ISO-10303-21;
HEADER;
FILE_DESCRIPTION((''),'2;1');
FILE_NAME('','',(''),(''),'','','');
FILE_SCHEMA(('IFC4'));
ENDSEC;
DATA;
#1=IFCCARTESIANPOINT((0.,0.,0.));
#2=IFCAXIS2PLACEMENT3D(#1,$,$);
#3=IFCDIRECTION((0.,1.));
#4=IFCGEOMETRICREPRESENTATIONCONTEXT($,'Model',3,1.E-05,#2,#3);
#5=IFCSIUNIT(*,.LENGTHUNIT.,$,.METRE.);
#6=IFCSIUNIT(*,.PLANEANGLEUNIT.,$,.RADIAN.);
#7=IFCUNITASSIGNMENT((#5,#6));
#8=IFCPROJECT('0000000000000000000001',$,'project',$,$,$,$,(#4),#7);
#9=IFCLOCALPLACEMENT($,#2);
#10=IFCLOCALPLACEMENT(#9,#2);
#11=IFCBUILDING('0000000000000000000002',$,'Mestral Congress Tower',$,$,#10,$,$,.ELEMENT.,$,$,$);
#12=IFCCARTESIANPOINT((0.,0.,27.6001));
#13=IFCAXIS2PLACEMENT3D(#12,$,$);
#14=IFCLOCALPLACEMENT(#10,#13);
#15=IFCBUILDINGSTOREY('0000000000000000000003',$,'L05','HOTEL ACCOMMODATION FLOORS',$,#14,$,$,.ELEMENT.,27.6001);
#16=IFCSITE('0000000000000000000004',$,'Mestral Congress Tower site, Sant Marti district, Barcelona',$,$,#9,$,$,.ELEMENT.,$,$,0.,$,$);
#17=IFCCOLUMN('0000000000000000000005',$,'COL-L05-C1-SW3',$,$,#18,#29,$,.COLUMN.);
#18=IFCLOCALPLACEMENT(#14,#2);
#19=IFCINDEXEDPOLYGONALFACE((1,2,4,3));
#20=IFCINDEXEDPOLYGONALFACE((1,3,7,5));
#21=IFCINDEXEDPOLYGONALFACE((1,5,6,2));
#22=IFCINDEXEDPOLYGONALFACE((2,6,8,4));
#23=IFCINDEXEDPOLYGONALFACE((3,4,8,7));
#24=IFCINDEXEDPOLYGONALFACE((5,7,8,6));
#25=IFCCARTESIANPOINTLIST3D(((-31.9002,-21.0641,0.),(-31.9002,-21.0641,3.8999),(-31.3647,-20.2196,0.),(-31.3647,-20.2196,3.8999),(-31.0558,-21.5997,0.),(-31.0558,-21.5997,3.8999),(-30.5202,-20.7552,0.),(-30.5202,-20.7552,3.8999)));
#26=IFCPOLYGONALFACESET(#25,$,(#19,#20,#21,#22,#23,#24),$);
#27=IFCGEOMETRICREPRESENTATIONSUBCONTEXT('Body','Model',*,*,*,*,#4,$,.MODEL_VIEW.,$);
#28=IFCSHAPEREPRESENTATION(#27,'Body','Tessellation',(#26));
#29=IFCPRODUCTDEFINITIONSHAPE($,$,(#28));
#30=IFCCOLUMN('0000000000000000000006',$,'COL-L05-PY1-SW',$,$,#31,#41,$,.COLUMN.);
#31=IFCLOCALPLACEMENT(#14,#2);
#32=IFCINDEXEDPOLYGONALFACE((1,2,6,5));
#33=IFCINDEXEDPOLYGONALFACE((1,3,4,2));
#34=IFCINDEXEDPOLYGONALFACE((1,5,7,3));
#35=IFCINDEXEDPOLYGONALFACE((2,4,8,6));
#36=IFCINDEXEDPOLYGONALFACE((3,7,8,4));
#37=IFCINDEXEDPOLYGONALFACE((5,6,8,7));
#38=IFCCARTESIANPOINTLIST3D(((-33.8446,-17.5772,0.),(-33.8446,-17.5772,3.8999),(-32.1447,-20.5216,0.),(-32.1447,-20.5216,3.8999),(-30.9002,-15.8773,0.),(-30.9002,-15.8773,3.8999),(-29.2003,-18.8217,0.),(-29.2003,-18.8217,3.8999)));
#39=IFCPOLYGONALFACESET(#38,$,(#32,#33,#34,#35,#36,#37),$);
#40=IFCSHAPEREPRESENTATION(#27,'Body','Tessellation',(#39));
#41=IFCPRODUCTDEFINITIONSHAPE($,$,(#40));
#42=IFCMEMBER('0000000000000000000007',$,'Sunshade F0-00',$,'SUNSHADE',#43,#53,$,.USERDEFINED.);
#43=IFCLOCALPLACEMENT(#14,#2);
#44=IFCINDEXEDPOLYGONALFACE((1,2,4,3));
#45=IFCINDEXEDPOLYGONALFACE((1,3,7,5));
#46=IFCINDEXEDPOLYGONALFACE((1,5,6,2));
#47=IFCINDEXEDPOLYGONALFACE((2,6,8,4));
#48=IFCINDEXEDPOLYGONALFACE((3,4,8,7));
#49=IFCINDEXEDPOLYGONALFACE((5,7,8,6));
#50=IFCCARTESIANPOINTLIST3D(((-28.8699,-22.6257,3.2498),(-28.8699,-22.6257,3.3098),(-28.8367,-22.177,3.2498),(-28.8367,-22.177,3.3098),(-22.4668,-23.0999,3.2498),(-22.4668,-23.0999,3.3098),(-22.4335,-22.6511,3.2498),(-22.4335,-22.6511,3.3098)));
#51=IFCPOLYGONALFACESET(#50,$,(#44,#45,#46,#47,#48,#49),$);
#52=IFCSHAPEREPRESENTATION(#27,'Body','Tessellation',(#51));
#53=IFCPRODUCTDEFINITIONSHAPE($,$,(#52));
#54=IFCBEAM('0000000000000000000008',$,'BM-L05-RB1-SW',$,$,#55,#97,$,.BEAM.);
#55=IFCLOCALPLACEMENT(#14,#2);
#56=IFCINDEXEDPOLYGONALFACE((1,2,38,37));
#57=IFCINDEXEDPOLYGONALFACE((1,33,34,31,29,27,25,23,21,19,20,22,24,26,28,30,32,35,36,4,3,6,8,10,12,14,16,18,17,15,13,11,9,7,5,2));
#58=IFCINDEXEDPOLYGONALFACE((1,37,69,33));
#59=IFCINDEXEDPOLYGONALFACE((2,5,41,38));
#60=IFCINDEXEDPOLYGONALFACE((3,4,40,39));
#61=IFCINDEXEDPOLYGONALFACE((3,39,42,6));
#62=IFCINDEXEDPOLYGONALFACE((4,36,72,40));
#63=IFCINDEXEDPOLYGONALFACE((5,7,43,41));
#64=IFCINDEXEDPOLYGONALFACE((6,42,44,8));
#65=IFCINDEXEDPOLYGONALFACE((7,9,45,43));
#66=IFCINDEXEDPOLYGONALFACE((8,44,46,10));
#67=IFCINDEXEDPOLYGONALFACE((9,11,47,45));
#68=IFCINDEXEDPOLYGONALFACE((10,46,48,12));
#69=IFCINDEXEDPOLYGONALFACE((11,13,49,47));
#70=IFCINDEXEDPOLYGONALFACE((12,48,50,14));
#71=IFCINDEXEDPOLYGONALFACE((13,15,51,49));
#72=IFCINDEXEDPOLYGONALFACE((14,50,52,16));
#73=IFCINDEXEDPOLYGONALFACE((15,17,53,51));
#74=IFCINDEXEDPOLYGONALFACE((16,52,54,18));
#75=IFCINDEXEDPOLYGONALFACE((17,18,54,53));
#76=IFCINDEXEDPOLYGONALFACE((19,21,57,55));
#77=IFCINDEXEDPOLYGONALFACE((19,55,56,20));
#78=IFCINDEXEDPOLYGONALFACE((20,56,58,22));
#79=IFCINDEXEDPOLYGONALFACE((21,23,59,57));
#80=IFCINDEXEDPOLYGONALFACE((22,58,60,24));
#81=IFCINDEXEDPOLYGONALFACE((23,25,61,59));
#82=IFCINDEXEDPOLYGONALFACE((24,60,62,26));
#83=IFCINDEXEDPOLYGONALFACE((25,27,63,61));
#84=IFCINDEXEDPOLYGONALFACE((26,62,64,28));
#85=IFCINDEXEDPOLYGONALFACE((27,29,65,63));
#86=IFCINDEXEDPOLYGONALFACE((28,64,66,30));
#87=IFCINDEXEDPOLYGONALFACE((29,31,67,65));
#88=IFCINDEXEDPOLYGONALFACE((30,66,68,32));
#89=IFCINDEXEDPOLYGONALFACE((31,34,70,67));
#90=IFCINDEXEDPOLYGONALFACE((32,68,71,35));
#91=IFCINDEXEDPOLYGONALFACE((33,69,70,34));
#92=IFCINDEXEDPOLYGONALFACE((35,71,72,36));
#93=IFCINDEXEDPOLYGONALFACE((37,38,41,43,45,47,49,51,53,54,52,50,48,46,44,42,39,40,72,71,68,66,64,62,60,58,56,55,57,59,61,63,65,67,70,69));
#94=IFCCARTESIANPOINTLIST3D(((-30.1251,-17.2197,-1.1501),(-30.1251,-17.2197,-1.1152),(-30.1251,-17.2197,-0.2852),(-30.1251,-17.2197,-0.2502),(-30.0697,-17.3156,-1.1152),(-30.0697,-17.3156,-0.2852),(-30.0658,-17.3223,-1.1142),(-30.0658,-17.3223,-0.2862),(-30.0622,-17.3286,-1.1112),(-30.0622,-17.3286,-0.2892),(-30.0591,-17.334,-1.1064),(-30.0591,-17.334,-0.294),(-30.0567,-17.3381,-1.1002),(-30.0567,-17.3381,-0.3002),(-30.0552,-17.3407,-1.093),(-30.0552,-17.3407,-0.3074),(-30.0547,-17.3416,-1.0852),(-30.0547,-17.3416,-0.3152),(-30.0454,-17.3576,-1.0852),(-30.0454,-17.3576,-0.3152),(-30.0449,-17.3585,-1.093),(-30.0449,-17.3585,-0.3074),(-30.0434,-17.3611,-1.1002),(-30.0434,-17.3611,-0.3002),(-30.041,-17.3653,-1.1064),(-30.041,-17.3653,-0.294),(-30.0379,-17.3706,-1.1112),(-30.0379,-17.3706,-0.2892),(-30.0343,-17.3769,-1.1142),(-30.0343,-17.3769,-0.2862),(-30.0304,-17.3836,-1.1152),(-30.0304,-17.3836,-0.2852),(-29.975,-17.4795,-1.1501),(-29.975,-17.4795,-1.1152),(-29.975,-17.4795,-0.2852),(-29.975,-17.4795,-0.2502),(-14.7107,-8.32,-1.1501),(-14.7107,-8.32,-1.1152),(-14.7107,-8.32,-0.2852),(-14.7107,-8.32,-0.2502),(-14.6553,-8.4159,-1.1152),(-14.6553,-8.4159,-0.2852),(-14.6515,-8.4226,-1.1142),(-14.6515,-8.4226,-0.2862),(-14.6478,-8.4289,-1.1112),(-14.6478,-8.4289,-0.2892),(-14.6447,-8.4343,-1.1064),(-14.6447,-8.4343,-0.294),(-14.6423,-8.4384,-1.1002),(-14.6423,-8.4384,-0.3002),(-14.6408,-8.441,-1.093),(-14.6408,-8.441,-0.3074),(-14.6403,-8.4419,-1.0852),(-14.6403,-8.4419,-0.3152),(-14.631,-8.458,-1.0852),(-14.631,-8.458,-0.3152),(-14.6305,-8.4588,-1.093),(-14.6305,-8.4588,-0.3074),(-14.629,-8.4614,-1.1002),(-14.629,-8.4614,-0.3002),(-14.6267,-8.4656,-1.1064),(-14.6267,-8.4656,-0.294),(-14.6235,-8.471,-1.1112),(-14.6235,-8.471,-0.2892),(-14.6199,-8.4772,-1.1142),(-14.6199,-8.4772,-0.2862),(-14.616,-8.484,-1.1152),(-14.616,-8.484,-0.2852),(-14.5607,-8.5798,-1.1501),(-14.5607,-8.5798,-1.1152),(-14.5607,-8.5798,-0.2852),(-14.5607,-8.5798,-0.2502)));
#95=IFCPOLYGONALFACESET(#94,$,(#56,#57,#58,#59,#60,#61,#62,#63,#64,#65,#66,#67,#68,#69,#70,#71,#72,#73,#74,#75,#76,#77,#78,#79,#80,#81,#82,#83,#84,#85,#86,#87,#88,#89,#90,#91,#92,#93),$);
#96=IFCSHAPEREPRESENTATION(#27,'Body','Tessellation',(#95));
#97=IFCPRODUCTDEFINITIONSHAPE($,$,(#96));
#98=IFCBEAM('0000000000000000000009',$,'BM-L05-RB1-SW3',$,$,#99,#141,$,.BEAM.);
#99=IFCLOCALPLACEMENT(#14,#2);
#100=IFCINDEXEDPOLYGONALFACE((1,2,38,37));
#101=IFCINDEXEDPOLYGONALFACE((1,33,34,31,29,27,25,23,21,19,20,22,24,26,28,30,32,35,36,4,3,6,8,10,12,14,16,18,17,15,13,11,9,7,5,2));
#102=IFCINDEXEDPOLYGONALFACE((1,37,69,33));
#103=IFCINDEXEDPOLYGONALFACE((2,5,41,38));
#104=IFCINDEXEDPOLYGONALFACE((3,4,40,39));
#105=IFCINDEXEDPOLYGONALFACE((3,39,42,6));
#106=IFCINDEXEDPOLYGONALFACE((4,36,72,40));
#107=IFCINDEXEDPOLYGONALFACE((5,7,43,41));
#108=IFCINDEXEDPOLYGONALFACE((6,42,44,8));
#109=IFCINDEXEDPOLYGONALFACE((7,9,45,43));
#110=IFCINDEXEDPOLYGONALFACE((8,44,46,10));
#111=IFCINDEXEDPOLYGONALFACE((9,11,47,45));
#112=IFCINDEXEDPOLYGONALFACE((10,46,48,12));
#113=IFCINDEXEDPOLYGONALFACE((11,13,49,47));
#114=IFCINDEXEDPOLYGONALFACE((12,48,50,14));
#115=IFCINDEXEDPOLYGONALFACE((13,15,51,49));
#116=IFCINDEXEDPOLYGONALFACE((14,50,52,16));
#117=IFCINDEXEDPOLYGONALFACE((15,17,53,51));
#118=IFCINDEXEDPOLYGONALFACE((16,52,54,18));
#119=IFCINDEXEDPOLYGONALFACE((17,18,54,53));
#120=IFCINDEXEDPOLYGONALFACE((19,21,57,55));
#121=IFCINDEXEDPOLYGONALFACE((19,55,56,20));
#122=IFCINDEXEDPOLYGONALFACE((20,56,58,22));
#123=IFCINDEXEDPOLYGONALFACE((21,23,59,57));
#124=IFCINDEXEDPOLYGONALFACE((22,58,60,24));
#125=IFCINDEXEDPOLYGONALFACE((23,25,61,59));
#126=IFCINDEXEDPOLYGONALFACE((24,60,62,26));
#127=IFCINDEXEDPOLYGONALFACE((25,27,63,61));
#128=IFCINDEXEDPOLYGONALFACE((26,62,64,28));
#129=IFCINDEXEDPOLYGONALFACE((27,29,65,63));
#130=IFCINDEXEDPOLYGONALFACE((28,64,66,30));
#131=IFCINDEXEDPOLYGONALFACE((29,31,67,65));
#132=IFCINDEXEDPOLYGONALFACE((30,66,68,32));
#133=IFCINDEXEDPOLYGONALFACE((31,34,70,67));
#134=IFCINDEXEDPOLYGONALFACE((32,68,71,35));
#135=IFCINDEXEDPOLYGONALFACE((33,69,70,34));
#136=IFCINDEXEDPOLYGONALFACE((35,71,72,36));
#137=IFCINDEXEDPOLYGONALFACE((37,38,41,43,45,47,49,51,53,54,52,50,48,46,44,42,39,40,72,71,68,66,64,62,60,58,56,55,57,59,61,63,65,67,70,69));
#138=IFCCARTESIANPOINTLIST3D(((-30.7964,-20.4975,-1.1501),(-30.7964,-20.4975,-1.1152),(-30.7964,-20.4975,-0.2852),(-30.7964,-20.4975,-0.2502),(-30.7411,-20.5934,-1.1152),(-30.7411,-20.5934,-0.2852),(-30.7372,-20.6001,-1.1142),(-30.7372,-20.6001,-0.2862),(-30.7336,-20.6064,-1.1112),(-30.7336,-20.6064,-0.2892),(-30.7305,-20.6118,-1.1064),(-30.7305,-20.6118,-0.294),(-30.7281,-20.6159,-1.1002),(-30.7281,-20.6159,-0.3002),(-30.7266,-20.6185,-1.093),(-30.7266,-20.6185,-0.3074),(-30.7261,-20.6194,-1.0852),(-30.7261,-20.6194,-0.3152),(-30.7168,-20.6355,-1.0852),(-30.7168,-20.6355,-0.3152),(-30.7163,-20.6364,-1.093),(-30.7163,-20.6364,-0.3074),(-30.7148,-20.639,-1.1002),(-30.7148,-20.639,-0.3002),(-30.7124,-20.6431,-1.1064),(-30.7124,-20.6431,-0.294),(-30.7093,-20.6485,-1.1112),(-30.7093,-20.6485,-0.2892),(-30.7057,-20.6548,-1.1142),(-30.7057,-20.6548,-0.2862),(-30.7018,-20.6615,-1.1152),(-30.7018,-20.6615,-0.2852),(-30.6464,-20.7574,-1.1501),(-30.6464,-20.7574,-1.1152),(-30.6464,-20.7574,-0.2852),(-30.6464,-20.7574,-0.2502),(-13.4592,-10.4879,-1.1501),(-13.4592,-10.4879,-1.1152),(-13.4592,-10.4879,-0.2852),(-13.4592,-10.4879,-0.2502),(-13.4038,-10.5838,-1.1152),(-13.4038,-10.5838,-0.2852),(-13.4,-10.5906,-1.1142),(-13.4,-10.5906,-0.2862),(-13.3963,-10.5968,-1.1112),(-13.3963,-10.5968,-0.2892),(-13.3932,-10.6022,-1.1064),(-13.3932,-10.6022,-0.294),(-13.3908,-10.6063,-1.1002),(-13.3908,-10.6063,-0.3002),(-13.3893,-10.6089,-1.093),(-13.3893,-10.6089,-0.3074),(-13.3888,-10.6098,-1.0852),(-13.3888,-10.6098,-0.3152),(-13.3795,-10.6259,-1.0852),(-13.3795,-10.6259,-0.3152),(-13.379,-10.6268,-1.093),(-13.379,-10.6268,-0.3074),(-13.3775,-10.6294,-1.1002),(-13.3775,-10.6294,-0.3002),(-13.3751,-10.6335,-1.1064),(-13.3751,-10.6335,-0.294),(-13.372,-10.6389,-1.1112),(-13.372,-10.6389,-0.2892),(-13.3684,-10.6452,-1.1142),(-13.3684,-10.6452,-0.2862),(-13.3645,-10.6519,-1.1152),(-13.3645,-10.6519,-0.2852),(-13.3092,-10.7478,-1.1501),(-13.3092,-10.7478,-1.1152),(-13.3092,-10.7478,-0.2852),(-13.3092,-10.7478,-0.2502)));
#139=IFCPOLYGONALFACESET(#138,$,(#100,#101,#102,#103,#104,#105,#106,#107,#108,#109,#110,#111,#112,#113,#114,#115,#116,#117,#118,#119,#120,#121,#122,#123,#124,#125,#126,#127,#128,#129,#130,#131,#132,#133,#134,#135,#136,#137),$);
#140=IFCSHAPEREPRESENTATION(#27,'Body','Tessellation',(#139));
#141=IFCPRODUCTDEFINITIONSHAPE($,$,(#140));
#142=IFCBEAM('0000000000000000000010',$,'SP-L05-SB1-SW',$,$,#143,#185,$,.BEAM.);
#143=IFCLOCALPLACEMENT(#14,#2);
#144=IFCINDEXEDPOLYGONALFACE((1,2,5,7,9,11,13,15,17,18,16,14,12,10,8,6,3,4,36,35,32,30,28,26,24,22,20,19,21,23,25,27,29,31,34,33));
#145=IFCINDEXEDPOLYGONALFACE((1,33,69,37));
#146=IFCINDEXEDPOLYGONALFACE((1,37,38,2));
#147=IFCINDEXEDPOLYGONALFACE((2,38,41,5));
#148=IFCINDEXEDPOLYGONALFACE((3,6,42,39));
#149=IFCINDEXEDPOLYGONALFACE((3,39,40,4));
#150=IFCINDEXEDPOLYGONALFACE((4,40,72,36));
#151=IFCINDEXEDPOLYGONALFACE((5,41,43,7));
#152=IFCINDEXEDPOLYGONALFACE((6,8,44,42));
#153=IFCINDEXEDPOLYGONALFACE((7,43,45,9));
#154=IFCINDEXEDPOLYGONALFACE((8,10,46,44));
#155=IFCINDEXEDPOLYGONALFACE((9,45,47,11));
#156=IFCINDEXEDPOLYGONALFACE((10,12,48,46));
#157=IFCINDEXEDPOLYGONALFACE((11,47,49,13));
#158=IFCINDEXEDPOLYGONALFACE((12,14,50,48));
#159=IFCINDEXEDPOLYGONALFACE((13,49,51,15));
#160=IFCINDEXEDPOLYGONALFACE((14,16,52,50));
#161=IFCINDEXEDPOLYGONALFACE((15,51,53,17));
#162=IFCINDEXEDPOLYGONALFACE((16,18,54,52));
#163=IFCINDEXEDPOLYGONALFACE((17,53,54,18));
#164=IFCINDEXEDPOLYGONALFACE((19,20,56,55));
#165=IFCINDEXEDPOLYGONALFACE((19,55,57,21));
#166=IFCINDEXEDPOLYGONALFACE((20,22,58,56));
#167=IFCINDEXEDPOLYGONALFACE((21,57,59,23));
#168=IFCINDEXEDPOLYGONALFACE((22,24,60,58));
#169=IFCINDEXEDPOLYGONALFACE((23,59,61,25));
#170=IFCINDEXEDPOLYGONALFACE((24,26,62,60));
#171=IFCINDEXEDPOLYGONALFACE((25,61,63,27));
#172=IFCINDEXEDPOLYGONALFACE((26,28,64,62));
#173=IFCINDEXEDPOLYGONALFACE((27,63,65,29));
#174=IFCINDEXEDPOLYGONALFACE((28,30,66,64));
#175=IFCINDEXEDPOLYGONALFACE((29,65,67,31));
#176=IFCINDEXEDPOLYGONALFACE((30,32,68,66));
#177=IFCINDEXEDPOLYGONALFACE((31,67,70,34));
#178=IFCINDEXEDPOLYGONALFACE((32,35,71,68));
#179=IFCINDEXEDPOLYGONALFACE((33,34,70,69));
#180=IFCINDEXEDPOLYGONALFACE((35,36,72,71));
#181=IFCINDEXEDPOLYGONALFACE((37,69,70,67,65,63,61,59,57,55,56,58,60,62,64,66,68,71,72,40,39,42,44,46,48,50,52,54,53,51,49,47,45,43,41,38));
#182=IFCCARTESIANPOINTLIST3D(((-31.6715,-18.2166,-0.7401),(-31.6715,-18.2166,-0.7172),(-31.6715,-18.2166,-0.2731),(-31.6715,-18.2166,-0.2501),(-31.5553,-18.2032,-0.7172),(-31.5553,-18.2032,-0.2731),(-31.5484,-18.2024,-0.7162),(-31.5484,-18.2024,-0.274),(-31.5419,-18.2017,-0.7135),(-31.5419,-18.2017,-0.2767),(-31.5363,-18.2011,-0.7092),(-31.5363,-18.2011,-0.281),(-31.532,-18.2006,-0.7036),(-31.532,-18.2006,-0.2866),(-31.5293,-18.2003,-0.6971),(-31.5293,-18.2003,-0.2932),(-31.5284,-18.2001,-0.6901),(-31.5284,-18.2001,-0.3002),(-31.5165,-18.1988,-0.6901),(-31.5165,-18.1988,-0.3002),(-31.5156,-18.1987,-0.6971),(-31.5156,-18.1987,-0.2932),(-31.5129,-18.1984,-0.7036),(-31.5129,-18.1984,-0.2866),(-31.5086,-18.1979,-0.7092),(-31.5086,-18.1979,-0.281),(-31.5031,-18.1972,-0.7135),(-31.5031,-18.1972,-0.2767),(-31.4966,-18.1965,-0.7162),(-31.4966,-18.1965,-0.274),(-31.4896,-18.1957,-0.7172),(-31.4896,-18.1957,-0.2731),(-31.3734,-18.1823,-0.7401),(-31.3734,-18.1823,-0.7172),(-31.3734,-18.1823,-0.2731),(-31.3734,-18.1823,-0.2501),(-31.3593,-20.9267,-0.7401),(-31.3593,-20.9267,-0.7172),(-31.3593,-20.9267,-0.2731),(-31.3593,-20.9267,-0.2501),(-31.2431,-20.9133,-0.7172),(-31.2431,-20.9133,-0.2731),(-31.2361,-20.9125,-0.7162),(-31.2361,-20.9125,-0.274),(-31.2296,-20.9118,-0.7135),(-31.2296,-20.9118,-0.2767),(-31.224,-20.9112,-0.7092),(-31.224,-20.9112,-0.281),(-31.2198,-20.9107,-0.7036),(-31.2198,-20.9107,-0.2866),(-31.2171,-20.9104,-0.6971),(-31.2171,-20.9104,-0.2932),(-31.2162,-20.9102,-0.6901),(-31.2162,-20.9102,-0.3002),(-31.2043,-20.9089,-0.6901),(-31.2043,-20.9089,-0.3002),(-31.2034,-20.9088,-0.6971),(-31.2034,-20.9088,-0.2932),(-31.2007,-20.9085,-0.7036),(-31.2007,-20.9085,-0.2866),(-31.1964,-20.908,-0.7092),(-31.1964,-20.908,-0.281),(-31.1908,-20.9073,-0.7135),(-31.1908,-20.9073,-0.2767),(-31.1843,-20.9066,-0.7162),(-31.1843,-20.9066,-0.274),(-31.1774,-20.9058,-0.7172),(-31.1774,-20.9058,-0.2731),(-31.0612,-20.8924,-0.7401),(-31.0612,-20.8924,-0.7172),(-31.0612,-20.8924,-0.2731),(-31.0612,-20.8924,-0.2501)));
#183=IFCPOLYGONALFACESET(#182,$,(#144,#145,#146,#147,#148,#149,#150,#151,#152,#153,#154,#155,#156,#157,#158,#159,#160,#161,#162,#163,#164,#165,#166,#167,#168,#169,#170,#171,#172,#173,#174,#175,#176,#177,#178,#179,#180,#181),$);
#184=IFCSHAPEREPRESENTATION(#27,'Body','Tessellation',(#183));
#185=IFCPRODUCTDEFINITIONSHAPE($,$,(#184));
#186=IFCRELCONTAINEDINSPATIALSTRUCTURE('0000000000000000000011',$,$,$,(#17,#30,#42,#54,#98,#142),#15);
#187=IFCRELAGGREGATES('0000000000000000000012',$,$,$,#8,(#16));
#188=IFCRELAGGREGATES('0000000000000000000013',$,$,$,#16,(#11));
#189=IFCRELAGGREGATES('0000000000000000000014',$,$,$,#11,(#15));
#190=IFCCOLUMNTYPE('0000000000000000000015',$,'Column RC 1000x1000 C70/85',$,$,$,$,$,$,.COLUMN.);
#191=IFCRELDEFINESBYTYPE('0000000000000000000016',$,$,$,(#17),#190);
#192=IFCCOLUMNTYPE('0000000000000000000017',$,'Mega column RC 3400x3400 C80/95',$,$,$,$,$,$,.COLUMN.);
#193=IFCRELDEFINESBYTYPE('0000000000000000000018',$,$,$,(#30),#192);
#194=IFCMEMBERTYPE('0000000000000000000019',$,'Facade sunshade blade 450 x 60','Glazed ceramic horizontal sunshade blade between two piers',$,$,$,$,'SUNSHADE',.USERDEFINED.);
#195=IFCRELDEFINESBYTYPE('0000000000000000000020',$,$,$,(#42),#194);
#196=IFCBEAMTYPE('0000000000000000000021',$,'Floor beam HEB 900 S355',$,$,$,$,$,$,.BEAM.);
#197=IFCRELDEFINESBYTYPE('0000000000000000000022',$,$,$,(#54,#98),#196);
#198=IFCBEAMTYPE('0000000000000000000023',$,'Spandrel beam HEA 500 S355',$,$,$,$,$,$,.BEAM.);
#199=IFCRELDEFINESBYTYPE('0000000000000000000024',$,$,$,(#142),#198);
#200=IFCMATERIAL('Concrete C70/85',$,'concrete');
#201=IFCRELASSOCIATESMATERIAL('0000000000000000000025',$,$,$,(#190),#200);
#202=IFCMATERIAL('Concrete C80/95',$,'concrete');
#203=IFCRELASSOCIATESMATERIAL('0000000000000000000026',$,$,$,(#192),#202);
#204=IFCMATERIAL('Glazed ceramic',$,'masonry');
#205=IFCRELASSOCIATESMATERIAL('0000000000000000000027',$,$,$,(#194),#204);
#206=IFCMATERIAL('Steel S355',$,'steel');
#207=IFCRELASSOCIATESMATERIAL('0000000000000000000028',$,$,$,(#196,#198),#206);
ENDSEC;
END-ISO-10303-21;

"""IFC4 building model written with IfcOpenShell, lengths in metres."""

from ifc_helpers import new_model, si_unit, direction, frame, origin, origin_2d, place, context, subcontext, project, spatial, rectangle, i_section, extrude, material, material_profile, profile_set, type_object, element, save


model = new_model("IFC4")

# Units and contexts
model_context = context("Model", 3, precision=1e-05, world=origin(), true_north=direction((0.0, 1.0)))
body_context = subcontext(model_context, "Body", "Model", "MODEL_VIEW")
ifc_project = project(units=[si_unit("LENGTHUNIT", "METRE"), si_unit("PLANEANGLEUNIT", "RADIAN")], contexts=[model_context])

# Site, building, storey
site_placement = place(None, origin())
site = spatial("IfcSite", under=ifc_project, at=site_placement, Name="Mestral Congress Tower site, Sant Marti district, Barcelona", CompositionType="ELEMENT", RefElevation=0.0)
building_placement = place(site_placement, origin())
building = spatial("IfcBuilding", under=site, at=building_placement, Name="Mestral Congress Tower", CompositionType="ELEMENT")
storey_placement = place(building_placement, frame((0.0, 0.0, 27.6001)))
storey = spatial("IfcBuildingStorey", under=building, at=storey_placement, Name="L05", Description="HOTEL ACCOMMODATION FLOORS", CompositionType="ELEMENT", Elevation=27.6001)

# Columns
ifc_material_1 = material(Name="Concrete C70/85", Category="concrete")
ifc_material_profile_1 = material_profile(ifc_material_1, rectangle(XDim=1.0, YDim=1.0, at=origin_2d()), Name="RC 1000x1000")
ifc_profile_set_1 = profile_set([ifc_material_profile_1], Name="Concrete C70/85")
column_type_1 = type_object("IfcColumnType", Name="Column RC 1000x1000 C70/85", PredefinedType="COLUMN", material=ifc_profile_set_1)
column_1_placement = place(storey_placement, frame((-31.2102, -20.9097, 0.0), z_axis=(0.0, 0.0, 1.0), x_axis=(0.844485, -0.535579, 0.0)))
element("IfcColumn", 1, at=column_1_placement, inside=storey, type_object=column_type_1, Name="COL-L05-C1-SW3", PredefinedType="COLUMN", context=body_context, shape_type="SweptSolid", body=[
    extrude(rectangle(XDim=1.0, YDim=1.0, at=origin_2d()), origin(), (0.0, 0.0, 1.0), 3.8999),
])
ifc_material_2 = material(Name="Concrete C80/95", Category="concrete")
ifc_material_profile_2 = material_profile(ifc_material_2, rectangle(XDim=3.3999, YDim=3.3999, at=origin_2d()), Name="RC 3400x3400")
ifc_profile_set_2 = profile_set([ifc_material_profile_2], Name="Concrete C80/95")
column_type_2 = type_object("IfcColumnType", Name="Mega column RC 3400x3400 C80/95", PredefinedType="COLUMN", material=ifc_profile_set_2)
column_2_placement = place(storey_placement, frame((-31.5225, -18.1995, 0.0), z_axis=(0.0, 0.0, 1.0), x_axis=(-0.866025, -0.5, 0.0)))
element("IfcColumn", 2, at=column_2_placement, inside=storey, type_object=column_type_2, Name="COL-L05-PY1-SW", PredefinedType="COLUMN", context=body_context, shape_type="SweptSolid", body=[
    extrude(rectangle(XDim=3.3999, YDim=3.3999, at=origin_2d()), origin(), (0.0, 0.0, 1.0), 3.8999),
])

# Member
ifc_material_3 = material(Name="Glazed ceramic", Category="masonry")
ifc_material_profile_3 = material_profile(ifc_material_3, rectangle(XDim=0.45, YDim=0.0601, at=origin_2d()), Name="Ceramic blade 450 x 60")
ifc_profile_set_3 = profile_set([ifc_material_profile_3], Name="Glazed ceramic")
member_type = type_object("IfcMemberType", Name="Facade sunshade blade 450 x 60", Description="Glazed ceramic horizontal sunshade blade between two piers", ElementType="SUNSHADE", PredefinedType="USERDEFINED", material=ifc_profile_set_3)
member_placement = place(storey_placement, frame((-28.8533, -22.4014, 3.2798), z_axis=(0.99727, -0.073844, 0.0), x_axis=(0.073844, 0.99727, 0.0)))
element("IfcMember", 3, at=member_placement, inside=storey, type_object=member_type, Name="Sunshade F0-00", ObjectType="SUNSHADE", PredefinedType="USERDEFINED", context=body_context, shape_type="SweptSolid", body=[
    extrude(rectangle(XDim=0.45, YDim=0.0601, at=origin_2d()), origin(), (0.0, 0.0, 1.0), 6.4207),
])

# Beams
ifc_material_4 = material(Name="Steel S355", Category="steel")
ifc_material_profile_4 = material_profile(ifc_material_4, i_section(OverallWidth=0.3, OverallDepth=0.8999, WebThickness=0.0186, FlangeThickness=0.0349, FilletRadius=0.03, at=origin_2d()), Name="HEB 900")
ifc_profile_set_4 = profile_set([ifc_material_profile_4], Name="Steel S355")
beam_type_1 = type_object("IfcBeamType", Name="Floor beam HEB 900 S355", PredefinedType="BEAM", material=ifc_profile_set_4)
beam_1_placement = place(storey_placement, frame((-30.05, -17.3496, -0.7002), z_axis=(0.86602, 0.500009, 0.0), x_axis=(-0.500009, 0.86602, 0.0)))
element("IfcBeam", 4, at=beam_1_placement, inside=storey, type_object=beam_type_1, Name="BM-L05-RB1-SW", PredefinedType="BEAM", context=body_context, shape_type="SweptSolid", body=[
    extrude(i_section(OverallWidth=0.3, OverallDepth=0.8999, WebThickness=0.0186, FlangeThickness=0.0349, FilletRadius=0.03, at=origin_2d()), origin(), (0.0, 0.0, 1.0), 17.7991),
])
beam_2_placement = place(storey_placement, frame((-30.7214, -20.6274, -0.7002), z_axis=(0.866027, 0.499997, 0.0), x_axis=(-0.499997, 0.866027, 0.0)))
element("IfcBeam", 5, at=beam_2_placement, inside=storey, type_object=beam_type_1, Name="BM-L05-RB1-SW3", PredefinedType="BEAM", context=body_context, shape_type="SweptSolid", body=[
    extrude(i_section(OverallWidth=0.3, OverallDepth=0.8999, WebThickness=0.0186, FlangeThickness=0.0349, FilletRadius=0.03, at=origin_2d()), origin(), (0.0, 0.0, 1.0), 20.0193),
])
ifc_material_profile_5 = material_profile(ifc_material_4, i_section(OverallWidth=0.3, OverallDepth=0.49, WebThickness=0.012, FlangeThickness=0.0229, FilletRadius=0.0271, at=origin_2d()), Name="HEA 500")
ifc_profile_set_5 = profile_set([ifc_material_profile_5], Name="Steel S355")
beam_type_2 = type_object("IfcBeamType", Name="Spandrel beam HEA 500 S355", PredefinedType="BEAM", material=ifc_profile_set_5)
beam_3_placement = place(storey_placement, frame((-31.5225, -18.1995, -0.4951), z_axis=(0.114458, -0.993428, 0.0), x_axis=(0.993428, 0.114458, 0.0)))
element("IfcBeam", 6, at=beam_3_placement, inside=storey, type_object=beam_type_2, Name="SP-L05-SB1-SW", PredefinedType="BEAM", context=body_context, shape_type="SweptSolid", body=[
    extrude(i_section(OverallWidth=0.3, OverallDepth=0.49, WebThickness=0.012, FlangeThickness=0.0229, FilletRadius=0.0271, at=origin_2d()), origin(), (0.0, 0.0, 1.0), 2.728),
])

save(model, "model.ifc")
